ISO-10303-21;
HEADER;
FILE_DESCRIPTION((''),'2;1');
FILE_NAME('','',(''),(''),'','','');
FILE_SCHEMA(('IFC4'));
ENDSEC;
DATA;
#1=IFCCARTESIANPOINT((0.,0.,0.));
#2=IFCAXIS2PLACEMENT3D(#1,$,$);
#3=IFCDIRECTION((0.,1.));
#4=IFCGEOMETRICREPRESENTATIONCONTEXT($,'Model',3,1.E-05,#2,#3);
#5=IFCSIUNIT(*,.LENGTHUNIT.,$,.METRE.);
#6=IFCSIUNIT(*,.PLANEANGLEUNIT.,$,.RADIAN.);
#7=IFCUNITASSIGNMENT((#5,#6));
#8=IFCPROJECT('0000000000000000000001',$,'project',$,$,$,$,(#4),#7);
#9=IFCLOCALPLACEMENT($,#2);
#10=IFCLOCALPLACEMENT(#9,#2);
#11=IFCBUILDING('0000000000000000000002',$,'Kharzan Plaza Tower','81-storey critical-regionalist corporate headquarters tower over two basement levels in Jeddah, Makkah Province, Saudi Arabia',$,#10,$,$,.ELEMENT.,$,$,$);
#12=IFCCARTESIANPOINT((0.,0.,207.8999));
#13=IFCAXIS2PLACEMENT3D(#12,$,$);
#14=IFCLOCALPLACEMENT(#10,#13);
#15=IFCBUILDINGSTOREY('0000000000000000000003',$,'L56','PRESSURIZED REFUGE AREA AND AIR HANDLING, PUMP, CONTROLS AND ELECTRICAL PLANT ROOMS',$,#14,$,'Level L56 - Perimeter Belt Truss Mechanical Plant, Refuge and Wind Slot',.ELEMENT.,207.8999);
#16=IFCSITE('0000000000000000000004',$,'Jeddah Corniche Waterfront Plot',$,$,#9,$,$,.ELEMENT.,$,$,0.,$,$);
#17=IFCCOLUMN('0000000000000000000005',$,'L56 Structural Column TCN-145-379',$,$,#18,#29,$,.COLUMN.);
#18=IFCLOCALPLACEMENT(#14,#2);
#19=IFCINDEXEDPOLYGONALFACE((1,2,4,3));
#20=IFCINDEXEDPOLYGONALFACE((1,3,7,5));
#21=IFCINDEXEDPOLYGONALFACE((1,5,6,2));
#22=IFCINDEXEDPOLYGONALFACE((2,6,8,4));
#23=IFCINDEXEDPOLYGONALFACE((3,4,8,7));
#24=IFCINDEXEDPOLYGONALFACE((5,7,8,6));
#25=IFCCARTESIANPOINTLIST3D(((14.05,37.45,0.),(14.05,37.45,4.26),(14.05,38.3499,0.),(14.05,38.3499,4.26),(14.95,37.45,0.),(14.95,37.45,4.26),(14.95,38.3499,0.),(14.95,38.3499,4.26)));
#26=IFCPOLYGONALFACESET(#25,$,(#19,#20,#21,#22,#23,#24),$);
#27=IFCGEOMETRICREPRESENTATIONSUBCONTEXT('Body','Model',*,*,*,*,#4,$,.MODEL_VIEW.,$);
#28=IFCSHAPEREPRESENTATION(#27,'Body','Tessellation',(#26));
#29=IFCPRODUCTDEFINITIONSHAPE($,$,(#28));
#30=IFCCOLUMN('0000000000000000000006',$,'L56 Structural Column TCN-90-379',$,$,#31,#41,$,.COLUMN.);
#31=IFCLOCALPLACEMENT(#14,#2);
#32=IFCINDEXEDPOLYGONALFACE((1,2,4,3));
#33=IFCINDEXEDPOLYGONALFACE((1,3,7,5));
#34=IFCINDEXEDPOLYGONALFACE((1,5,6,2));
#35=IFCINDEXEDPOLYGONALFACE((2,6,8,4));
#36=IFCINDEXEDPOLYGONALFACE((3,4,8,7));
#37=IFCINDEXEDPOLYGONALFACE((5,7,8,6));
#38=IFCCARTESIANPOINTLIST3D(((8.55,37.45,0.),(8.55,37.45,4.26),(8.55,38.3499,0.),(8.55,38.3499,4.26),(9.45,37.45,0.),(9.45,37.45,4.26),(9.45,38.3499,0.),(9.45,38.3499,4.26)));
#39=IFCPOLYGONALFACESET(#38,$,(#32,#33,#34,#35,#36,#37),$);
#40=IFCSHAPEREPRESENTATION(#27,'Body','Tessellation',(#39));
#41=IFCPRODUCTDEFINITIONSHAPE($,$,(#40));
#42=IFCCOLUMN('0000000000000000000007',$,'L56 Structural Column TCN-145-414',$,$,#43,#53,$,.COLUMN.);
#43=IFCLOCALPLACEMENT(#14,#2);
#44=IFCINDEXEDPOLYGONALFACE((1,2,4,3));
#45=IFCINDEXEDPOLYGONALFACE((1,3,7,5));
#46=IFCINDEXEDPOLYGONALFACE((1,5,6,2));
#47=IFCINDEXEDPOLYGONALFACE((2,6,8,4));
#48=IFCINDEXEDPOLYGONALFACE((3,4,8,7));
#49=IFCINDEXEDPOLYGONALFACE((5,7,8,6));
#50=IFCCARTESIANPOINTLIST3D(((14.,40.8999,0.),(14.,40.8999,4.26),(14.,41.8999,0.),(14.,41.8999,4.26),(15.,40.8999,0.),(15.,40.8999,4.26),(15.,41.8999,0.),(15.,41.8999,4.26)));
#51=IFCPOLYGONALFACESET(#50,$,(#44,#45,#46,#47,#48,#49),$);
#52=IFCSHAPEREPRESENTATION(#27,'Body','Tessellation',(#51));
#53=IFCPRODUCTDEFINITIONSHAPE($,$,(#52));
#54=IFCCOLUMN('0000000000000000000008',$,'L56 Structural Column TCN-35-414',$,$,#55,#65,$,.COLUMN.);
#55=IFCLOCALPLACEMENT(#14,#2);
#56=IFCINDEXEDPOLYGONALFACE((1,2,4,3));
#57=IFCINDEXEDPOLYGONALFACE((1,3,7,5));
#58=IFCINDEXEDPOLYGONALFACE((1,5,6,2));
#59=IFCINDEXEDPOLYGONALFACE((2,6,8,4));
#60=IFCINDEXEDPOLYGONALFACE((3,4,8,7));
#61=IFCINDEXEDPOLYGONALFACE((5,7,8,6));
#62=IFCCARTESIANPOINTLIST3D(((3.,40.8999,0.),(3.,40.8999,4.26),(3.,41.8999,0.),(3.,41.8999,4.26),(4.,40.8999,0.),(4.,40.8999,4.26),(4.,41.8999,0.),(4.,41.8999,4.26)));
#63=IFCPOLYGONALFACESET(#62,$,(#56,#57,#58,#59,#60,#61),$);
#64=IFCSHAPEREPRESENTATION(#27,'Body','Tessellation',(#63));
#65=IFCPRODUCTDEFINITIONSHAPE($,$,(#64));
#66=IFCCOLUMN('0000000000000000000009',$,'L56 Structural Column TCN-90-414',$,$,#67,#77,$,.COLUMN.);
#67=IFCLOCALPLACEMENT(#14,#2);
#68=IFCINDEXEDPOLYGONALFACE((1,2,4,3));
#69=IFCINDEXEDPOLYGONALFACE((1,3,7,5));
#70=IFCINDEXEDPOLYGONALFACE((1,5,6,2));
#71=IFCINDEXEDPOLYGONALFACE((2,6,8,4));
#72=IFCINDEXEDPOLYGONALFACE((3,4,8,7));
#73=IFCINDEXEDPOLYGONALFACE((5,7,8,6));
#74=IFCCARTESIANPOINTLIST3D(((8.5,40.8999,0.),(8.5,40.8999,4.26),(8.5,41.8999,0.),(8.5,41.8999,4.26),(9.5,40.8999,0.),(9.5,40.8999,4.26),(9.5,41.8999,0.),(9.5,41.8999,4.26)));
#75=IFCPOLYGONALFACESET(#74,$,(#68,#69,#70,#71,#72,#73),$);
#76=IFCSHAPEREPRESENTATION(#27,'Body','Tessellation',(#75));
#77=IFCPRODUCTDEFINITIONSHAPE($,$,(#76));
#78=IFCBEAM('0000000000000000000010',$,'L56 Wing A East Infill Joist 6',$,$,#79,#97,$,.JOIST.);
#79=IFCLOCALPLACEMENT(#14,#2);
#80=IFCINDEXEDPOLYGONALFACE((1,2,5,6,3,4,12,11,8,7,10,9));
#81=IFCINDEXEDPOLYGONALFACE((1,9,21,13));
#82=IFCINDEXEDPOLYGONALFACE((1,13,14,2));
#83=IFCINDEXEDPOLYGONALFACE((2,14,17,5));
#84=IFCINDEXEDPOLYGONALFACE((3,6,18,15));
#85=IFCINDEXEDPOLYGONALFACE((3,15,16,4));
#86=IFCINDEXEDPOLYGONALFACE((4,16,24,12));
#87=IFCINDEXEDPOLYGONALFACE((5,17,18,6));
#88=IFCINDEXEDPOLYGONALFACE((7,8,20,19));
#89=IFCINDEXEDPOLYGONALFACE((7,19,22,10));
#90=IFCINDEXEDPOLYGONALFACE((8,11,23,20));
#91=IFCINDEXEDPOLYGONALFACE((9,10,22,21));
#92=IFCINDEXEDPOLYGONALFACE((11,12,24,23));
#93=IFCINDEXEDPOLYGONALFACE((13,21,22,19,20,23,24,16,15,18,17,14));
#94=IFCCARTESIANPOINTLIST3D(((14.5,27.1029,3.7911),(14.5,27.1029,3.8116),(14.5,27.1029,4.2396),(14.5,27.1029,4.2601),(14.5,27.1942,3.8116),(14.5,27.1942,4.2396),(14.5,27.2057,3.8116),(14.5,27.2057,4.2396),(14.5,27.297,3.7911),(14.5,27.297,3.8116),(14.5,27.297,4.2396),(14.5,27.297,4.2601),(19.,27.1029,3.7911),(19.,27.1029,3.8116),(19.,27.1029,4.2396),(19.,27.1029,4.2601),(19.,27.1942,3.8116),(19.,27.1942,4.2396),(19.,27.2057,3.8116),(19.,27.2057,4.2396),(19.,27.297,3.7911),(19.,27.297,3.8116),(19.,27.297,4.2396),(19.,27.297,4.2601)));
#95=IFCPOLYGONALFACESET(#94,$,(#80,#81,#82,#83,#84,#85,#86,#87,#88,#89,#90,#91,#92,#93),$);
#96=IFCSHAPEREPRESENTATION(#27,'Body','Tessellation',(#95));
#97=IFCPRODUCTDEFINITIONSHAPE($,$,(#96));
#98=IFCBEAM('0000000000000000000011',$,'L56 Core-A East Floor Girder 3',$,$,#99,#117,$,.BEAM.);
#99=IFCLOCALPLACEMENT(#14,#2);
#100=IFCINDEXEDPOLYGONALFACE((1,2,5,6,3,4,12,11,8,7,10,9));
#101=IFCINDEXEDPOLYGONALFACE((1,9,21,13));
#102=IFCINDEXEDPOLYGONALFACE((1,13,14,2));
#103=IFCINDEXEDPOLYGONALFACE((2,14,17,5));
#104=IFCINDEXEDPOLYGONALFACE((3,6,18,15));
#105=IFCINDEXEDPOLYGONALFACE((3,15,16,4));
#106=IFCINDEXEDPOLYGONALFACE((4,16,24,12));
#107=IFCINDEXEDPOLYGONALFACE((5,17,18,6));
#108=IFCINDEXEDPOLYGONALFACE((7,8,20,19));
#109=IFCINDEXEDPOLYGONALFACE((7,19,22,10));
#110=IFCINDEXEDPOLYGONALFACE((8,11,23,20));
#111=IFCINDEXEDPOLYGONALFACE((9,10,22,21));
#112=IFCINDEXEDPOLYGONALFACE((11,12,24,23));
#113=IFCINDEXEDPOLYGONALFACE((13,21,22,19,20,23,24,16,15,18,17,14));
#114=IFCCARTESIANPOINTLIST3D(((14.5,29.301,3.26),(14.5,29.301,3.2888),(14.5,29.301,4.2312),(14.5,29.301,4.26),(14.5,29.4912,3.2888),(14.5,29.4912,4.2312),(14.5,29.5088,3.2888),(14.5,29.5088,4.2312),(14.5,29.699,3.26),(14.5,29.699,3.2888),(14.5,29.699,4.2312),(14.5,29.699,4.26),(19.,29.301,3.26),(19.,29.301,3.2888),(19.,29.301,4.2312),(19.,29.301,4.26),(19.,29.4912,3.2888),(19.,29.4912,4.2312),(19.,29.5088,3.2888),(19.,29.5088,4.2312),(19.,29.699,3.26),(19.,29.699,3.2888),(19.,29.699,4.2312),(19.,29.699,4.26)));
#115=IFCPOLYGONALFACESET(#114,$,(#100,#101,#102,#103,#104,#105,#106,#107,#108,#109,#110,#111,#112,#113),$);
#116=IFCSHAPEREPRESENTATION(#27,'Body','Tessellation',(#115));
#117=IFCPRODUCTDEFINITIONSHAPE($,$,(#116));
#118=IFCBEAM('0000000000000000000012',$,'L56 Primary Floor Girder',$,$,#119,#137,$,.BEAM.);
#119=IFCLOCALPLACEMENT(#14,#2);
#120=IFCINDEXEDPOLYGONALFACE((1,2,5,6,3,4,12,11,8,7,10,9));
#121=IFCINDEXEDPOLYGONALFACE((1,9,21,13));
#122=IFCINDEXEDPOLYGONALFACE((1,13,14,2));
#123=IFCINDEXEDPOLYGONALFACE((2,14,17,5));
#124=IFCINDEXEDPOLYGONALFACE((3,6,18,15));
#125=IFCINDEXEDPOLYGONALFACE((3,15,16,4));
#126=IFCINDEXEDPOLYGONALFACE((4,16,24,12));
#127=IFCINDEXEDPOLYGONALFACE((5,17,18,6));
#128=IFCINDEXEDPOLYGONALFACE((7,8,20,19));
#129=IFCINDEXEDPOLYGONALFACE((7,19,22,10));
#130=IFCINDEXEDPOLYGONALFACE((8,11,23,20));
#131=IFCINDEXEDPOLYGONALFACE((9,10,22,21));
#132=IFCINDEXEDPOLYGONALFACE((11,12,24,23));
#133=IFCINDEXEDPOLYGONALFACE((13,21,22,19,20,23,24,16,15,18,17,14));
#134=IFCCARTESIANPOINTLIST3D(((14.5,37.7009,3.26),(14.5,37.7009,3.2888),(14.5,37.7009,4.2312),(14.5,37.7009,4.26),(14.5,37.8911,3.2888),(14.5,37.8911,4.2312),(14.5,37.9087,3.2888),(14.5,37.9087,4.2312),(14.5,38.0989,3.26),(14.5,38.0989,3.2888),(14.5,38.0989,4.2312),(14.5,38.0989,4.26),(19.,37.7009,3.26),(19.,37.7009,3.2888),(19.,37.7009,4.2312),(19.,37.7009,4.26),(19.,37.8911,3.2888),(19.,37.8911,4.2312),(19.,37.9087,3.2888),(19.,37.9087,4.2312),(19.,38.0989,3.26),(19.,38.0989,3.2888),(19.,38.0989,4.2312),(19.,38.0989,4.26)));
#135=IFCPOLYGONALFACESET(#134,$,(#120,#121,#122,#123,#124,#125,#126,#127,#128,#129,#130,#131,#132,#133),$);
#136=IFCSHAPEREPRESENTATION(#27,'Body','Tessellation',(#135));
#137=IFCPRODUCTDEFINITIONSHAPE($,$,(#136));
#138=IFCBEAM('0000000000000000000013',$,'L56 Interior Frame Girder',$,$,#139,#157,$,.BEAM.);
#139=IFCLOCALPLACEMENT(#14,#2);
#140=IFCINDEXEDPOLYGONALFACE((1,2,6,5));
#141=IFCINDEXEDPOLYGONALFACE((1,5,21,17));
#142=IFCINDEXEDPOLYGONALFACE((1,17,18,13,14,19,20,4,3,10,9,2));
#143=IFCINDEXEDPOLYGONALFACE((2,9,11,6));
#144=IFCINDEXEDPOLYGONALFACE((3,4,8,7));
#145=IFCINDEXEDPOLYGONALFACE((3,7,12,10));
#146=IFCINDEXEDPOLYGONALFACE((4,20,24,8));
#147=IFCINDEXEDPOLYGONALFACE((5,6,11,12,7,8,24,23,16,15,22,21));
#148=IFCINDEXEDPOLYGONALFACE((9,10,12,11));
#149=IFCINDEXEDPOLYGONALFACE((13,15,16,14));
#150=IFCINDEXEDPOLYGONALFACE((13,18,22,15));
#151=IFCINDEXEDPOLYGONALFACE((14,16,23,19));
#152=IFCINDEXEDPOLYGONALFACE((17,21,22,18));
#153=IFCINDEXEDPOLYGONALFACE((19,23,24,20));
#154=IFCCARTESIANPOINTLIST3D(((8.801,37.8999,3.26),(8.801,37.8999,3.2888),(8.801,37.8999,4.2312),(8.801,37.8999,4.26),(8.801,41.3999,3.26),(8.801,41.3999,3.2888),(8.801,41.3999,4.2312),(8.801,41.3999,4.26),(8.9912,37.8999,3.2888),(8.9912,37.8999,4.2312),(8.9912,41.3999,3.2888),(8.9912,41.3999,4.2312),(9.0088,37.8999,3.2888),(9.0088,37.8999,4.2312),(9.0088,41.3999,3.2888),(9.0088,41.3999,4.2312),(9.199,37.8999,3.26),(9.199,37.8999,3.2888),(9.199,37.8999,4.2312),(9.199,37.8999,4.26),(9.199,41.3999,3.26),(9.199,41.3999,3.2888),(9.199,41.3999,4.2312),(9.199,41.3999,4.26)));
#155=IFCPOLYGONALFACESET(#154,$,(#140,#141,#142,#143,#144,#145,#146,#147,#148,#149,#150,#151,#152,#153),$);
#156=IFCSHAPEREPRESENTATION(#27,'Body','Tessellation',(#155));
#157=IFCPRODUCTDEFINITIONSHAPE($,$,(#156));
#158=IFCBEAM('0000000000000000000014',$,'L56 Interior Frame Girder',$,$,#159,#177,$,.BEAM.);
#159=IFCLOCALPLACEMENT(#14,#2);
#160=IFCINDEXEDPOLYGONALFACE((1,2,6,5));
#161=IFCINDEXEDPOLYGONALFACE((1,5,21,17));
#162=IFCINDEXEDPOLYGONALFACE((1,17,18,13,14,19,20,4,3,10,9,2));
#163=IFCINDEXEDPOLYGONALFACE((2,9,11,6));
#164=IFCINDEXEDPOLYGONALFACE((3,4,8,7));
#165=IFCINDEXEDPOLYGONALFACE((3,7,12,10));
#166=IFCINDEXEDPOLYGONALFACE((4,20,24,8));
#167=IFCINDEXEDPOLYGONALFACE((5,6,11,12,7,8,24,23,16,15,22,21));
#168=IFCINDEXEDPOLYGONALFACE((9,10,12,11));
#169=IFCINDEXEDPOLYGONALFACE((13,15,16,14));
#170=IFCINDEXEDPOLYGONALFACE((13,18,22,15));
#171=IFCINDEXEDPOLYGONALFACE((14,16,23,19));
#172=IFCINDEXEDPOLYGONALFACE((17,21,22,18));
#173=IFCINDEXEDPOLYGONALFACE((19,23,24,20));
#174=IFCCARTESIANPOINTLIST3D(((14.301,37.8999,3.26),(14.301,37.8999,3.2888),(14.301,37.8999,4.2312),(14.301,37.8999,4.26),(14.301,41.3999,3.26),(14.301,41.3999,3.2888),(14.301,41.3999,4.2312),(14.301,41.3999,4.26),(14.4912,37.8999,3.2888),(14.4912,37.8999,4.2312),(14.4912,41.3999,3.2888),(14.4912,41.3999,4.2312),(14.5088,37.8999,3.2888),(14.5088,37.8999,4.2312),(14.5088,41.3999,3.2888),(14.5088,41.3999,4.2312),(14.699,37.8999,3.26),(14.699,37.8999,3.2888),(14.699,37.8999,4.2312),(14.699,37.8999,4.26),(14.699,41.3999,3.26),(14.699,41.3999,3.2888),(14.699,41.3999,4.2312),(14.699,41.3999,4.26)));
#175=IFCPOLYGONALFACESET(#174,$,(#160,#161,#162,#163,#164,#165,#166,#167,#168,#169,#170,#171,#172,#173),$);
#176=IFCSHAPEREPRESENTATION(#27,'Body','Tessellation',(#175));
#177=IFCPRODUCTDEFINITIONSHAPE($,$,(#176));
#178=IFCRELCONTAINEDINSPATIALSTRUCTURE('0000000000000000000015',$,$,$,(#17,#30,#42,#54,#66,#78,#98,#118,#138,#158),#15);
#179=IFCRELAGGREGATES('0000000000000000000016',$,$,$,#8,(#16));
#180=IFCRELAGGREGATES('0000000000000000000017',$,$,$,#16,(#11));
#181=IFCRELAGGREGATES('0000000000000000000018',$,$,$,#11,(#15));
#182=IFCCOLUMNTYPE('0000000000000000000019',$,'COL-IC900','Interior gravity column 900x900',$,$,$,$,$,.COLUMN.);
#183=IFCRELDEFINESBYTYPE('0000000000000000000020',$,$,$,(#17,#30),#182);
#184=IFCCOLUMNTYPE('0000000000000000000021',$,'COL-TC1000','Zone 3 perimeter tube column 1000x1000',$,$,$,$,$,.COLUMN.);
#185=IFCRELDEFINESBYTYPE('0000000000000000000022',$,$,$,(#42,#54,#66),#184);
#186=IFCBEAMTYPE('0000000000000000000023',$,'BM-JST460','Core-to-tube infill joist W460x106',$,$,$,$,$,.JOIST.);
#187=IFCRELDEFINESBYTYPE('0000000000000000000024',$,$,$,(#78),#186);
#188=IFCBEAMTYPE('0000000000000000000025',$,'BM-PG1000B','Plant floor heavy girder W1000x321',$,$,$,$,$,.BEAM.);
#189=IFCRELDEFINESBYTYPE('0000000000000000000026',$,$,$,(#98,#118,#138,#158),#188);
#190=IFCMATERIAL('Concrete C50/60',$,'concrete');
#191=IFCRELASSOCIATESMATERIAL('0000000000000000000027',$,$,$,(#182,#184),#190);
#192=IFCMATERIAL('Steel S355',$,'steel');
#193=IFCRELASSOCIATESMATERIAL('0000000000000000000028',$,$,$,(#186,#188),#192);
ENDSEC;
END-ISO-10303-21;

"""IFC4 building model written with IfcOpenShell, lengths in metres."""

from ifc_helpers import new_model, si_unit, direction, frame, origin, origin_2d, place, context, subcontext, project, spatial, rectangle, i_section, extrude, source, transform, mapped, material, material_profile, profile_set, type_object, element, save


model = new_model("IFC4")

# Units and contexts
model_context = context("Model", 3, precision=1e-05, world=origin(), true_north=direction((0.0, 1.0)))
body_context = subcontext(model_context, "Body", "Model", "MODEL_VIEW")
ifc_project = project(units=[si_unit("LENGTHUNIT", "METRE"), si_unit("PLANEANGLEUNIT", "RADIAN")], contexts=[model_context])

# Site, building, storey
site_placement = place(None, origin())
site = spatial("IfcSite", under=ifc_project, at=site_placement, Name="Jeddah Corniche Waterfront Plot", CompositionType="ELEMENT", RefElevation=0.0)
building_placement = place(site_placement, origin())
building = spatial("IfcBuilding", under=site, at=building_placement, Name="Kharzan Plaza Tower", Description="81-storey critical-regionalist corporate headquarters tower over two basement levels in Jeddah, Makkah Province, Saudi Arabia", CompositionType="ELEMENT")
storey_placement = place(building_placement, frame((0.0, 0.0, 207.8999)))
storey = spatial("IfcBuildingStorey", under=building, at=storey_placement, Name="L56", Description="PRESSURIZED REFUGE AREA AND AIR HANDLING, PUMP, CONTROLS AND ELECTRICAL PLANT ROOMS", LongName="Level L56 - Perimeter Belt Truss Mechanical Plant, Refuge and Wind Slot", CompositionType="ELEMENT", Elevation=207.8999)

# Columns
ifc_material_1 = material(Name="Concrete C50/60", Category="concrete")
ifc_material_profile_1 = material_profile(ifc_material_1, rectangle(XDim=0.8999, YDim=0.8999, at=origin_2d()), Name="RC-IC900x900")
ifc_profile_set_1 = profile_set([ifc_material_profile_1], Name="Concrete C50/60")
column_type_1 = type_object("IfcColumnType", Name="COL-IC900", Description="Interior gravity column 900x900", PredefinedType="COLUMN", material=ifc_profile_set_1)
shared_shape_1 = source(origin(), body_context, "Body", "SweptSolid", [
    extrude(rectangle(XDim=0.8999, YDim=0.8999, at=origin_2d()), origin(), (0.0, 0.0, 1.0), 4.26),
])
for number, where, z_axis, x_axis, name in (
    (1, (14.5, 37.8999, 0.0), (0.0, 0.0, 1.0), (1.0, 0.0, 0.0), "L56 Structural Column TCN-145-379"),
    (2, (9.0, 37.8999, 0.0), (0.0, 0.0, 1.0), (1.0, 0.0, 0.0), "L56 Structural Column TCN-90-379"),
):
    element("IfcColumn", number, at=place(storey_placement, frame(where, z_axis=z_axis, x_axis=x_axis)), inside=storey, type_object=column_type_1, Name=name, PredefinedType="COLUMN", context=body_context, shape_type="MappedRepresentation", body=[
        mapped(shared_shape_1, transform((0.0, 0.0, 0.0), x_axis=(1.0, 0.0, 0.0), y_axis=(0.0, 1.0, 0.0), z_axis=(0.0, 0.0, 1.0))),
    ])
ifc_material_profile_2 = material_profile(ifc_material_1, rectangle(XDim=1.0, YDim=1.0, at=origin_2d()), Name="RC-TC1000x1000")
ifc_profile_set_2 = profile_set([ifc_material_profile_2], Name="Concrete C50/60")
column_type_2 = type_object("IfcColumnType", Name="COL-TC1000", Description="Zone 3 perimeter tube column 1000x1000", PredefinedType="COLUMN", material=ifc_profile_set_2)
shared_shape_2 = source(origin(), body_context, "Body", "SweptSolid", [
    extrude(rectangle(XDim=1.0, YDim=1.0, at=origin_2d()), origin(), (0.0, 0.0, 1.0), 4.26),
])
for number, where, z_axis, x_axis, name in (
    (3, (14.5, 41.3999, 0.0), (0.0, 0.0, 1.0), (1.0, 0.0, 0.0), "L56 Structural Column TCN-145-414"),
    (4, (3.5, 41.3999, 0.0), (0.0, 0.0, 1.0), (1.0, 0.0, 0.0), "L56 Structural Column TCN-35-414"),
    (5, (9.0, 41.3999, 0.0), (0.0, 0.0, 1.0), (1.0, 0.0, 0.0), "L56 Structural Column TCN-90-414"),
):
    element("IfcColumn", number, at=place(storey_placement, frame(where, z_axis=z_axis, x_axis=x_axis)), inside=storey, type_object=column_type_2, Name=name, PredefinedType="COLUMN", context=body_context, shape_type="MappedRepresentation", body=[
        mapped(shared_shape_2, transform((0.0, 0.0, 0.0), x_axis=(1.0, 0.0, 0.0), y_axis=(0.0, 1.0, 0.0), z_axis=(0.0, 0.0, 1.0))),
    ])

# Beams
ifc_material_2 = material(Name="Steel S355", Category="steel")
ifc_material_profile_3 = material_profile(ifc_material_2, i_section(OverallWidth=0.1941, OverallDepth=0.469, WebThickness=0.0115, FlangeThickness=0.0205, at=origin_2d()), Name="W460x106")
ifc_profile_set_3 = profile_set([ifc_material_profile_3], Name="Steel S355")
beam_type_1 = type_object("IfcBeamType", Name="BM-JST460", Description="Core-to-tube infill joist W460x106", PredefinedType="JOIST", material=ifc_profile_set_3)
shared_shape_3 = source(origin(), body_context, "Body", "SweptSolid", [
    extrude(i_section(OverallWidth=0.1941, OverallDepth=0.469, WebThickness=0.0115, FlangeThickness=0.0205, at=origin_2d()), origin(), (0.0, 0.0, 1.0), 4.5),
])
beam_1_placement = place(storey_placement, frame((14.5, 27.2, 4.0256), z_axis=(1.0, 0.0, 0.0), x_axis=(0.0, 1.0, 0.0)))
element("IfcBeam", 6, at=beam_1_placement, inside=storey, type_object=beam_type_1, Name="L56 Wing A East Infill Joist 6", PredefinedType="JOIST", context=body_context, shape_type="MappedRepresentation", body=[
    mapped(shared_shape_3, transform((0.0, 0.0, 0.0), x_axis=(1.0, 0.0, 0.0), y_axis=(0.0, 1.0, 0.0), z_axis=(0.0, 0.0, 1.0))),
])
ifc_material_profile_4 = material_profile(ifc_material_2, i_section(OverallWidth=0.3979, OverallDepth=1.0, WebThickness=0.0176, FlangeThickness=0.0288, at=origin_2d()), Name="W1000x321")
ifc_profile_set_4 = profile_set([ifc_material_profile_4], Name="Steel S355")
beam_type_2 = type_object("IfcBeamType", Name="BM-PG1000B", Description="Plant floor heavy girder W1000x321", PredefinedType="BEAM", material=ifc_profile_set_4)
shared_shape_4 = source(origin(), body_context, "Body", "SweptSolid", [
    extrude(i_section(OverallWidth=0.3979, OverallDepth=1.0, WebThickness=0.0176, FlangeThickness=0.0288, at=origin_2d()), origin(), (0.0, 0.0, 1.0), 4.5),
])
for number, where, z_axis, x_axis, name in (
    (7, (14.5, 29.5, 3.76), (1.0, 0.0, 0.0), (0.0, 1.0, 0.0), "L56 Core-A East Floor Girder 3"),
    (8, (14.5, 37.8999, 3.76), (1.0, 0.0, 0.0), (0.0, 1.0, 0.0), "L56 Primary Floor Girder"),
):
    element("IfcBeam", number, at=place(storey_placement, frame(where, z_axis=z_axis, x_axis=x_axis)), inside=storey, type_object=beam_type_2, Name=name, PredefinedType="BEAM", context=body_context, shape_type="MappedRepresentation", body=[
        mapped(shared_shape_4, transform((0.0, 0.0, 0.0), x_axis=(1.0, 0.0, 0.0), y_axis=(0.0, 1.0, 0.0), z_axis=(0.0, 0.0, 1.0))),
    ])
shared_shape_5 = source(origin(), body_context, "Body", "SweptSolid", [
    extrude(i_section(OverallWidth=0.3979, OverallDepth=1.0, WebThickness=0.0176, FlangeThickness=0.0288, at=origin_2d()), origin(), (0.0, 0.0, 1.0), 3.5),
])
for number, where, z_axis, x_axis, name in (
    (9, (9.0, 37.8999, 3.76), (0.0, 1.0, 0.0), (-1.0, 0.0, 0.0), "L56 Interior Frame Girder"),
    (10, (14.5, 37.8999, 3.76), (0.0, 1.0, 0.0), (-1.0, 0.0, 0.0), "L56 Interior Frame Girder"),
):
    element("IfcBeam", number, at=place(storey_placement, frame(where, z_axis=z_axis, x_axis=x_axis)), inside=storey, type_object=beam_type_2, Name=name, PredefinedType="BEAM", context=body_context, shape_type="MappedRepresentation", body=[
        mapped(shared_shape_5, transform((0.0, 0.0, 0.0), x_axis=(1.0, 0.0, 0.0), y_axis=(0.0, 1.0, 0.0), z_axis=(0.0, 0.0, 1.0))),
    ])

save(model, "model.ifc")
